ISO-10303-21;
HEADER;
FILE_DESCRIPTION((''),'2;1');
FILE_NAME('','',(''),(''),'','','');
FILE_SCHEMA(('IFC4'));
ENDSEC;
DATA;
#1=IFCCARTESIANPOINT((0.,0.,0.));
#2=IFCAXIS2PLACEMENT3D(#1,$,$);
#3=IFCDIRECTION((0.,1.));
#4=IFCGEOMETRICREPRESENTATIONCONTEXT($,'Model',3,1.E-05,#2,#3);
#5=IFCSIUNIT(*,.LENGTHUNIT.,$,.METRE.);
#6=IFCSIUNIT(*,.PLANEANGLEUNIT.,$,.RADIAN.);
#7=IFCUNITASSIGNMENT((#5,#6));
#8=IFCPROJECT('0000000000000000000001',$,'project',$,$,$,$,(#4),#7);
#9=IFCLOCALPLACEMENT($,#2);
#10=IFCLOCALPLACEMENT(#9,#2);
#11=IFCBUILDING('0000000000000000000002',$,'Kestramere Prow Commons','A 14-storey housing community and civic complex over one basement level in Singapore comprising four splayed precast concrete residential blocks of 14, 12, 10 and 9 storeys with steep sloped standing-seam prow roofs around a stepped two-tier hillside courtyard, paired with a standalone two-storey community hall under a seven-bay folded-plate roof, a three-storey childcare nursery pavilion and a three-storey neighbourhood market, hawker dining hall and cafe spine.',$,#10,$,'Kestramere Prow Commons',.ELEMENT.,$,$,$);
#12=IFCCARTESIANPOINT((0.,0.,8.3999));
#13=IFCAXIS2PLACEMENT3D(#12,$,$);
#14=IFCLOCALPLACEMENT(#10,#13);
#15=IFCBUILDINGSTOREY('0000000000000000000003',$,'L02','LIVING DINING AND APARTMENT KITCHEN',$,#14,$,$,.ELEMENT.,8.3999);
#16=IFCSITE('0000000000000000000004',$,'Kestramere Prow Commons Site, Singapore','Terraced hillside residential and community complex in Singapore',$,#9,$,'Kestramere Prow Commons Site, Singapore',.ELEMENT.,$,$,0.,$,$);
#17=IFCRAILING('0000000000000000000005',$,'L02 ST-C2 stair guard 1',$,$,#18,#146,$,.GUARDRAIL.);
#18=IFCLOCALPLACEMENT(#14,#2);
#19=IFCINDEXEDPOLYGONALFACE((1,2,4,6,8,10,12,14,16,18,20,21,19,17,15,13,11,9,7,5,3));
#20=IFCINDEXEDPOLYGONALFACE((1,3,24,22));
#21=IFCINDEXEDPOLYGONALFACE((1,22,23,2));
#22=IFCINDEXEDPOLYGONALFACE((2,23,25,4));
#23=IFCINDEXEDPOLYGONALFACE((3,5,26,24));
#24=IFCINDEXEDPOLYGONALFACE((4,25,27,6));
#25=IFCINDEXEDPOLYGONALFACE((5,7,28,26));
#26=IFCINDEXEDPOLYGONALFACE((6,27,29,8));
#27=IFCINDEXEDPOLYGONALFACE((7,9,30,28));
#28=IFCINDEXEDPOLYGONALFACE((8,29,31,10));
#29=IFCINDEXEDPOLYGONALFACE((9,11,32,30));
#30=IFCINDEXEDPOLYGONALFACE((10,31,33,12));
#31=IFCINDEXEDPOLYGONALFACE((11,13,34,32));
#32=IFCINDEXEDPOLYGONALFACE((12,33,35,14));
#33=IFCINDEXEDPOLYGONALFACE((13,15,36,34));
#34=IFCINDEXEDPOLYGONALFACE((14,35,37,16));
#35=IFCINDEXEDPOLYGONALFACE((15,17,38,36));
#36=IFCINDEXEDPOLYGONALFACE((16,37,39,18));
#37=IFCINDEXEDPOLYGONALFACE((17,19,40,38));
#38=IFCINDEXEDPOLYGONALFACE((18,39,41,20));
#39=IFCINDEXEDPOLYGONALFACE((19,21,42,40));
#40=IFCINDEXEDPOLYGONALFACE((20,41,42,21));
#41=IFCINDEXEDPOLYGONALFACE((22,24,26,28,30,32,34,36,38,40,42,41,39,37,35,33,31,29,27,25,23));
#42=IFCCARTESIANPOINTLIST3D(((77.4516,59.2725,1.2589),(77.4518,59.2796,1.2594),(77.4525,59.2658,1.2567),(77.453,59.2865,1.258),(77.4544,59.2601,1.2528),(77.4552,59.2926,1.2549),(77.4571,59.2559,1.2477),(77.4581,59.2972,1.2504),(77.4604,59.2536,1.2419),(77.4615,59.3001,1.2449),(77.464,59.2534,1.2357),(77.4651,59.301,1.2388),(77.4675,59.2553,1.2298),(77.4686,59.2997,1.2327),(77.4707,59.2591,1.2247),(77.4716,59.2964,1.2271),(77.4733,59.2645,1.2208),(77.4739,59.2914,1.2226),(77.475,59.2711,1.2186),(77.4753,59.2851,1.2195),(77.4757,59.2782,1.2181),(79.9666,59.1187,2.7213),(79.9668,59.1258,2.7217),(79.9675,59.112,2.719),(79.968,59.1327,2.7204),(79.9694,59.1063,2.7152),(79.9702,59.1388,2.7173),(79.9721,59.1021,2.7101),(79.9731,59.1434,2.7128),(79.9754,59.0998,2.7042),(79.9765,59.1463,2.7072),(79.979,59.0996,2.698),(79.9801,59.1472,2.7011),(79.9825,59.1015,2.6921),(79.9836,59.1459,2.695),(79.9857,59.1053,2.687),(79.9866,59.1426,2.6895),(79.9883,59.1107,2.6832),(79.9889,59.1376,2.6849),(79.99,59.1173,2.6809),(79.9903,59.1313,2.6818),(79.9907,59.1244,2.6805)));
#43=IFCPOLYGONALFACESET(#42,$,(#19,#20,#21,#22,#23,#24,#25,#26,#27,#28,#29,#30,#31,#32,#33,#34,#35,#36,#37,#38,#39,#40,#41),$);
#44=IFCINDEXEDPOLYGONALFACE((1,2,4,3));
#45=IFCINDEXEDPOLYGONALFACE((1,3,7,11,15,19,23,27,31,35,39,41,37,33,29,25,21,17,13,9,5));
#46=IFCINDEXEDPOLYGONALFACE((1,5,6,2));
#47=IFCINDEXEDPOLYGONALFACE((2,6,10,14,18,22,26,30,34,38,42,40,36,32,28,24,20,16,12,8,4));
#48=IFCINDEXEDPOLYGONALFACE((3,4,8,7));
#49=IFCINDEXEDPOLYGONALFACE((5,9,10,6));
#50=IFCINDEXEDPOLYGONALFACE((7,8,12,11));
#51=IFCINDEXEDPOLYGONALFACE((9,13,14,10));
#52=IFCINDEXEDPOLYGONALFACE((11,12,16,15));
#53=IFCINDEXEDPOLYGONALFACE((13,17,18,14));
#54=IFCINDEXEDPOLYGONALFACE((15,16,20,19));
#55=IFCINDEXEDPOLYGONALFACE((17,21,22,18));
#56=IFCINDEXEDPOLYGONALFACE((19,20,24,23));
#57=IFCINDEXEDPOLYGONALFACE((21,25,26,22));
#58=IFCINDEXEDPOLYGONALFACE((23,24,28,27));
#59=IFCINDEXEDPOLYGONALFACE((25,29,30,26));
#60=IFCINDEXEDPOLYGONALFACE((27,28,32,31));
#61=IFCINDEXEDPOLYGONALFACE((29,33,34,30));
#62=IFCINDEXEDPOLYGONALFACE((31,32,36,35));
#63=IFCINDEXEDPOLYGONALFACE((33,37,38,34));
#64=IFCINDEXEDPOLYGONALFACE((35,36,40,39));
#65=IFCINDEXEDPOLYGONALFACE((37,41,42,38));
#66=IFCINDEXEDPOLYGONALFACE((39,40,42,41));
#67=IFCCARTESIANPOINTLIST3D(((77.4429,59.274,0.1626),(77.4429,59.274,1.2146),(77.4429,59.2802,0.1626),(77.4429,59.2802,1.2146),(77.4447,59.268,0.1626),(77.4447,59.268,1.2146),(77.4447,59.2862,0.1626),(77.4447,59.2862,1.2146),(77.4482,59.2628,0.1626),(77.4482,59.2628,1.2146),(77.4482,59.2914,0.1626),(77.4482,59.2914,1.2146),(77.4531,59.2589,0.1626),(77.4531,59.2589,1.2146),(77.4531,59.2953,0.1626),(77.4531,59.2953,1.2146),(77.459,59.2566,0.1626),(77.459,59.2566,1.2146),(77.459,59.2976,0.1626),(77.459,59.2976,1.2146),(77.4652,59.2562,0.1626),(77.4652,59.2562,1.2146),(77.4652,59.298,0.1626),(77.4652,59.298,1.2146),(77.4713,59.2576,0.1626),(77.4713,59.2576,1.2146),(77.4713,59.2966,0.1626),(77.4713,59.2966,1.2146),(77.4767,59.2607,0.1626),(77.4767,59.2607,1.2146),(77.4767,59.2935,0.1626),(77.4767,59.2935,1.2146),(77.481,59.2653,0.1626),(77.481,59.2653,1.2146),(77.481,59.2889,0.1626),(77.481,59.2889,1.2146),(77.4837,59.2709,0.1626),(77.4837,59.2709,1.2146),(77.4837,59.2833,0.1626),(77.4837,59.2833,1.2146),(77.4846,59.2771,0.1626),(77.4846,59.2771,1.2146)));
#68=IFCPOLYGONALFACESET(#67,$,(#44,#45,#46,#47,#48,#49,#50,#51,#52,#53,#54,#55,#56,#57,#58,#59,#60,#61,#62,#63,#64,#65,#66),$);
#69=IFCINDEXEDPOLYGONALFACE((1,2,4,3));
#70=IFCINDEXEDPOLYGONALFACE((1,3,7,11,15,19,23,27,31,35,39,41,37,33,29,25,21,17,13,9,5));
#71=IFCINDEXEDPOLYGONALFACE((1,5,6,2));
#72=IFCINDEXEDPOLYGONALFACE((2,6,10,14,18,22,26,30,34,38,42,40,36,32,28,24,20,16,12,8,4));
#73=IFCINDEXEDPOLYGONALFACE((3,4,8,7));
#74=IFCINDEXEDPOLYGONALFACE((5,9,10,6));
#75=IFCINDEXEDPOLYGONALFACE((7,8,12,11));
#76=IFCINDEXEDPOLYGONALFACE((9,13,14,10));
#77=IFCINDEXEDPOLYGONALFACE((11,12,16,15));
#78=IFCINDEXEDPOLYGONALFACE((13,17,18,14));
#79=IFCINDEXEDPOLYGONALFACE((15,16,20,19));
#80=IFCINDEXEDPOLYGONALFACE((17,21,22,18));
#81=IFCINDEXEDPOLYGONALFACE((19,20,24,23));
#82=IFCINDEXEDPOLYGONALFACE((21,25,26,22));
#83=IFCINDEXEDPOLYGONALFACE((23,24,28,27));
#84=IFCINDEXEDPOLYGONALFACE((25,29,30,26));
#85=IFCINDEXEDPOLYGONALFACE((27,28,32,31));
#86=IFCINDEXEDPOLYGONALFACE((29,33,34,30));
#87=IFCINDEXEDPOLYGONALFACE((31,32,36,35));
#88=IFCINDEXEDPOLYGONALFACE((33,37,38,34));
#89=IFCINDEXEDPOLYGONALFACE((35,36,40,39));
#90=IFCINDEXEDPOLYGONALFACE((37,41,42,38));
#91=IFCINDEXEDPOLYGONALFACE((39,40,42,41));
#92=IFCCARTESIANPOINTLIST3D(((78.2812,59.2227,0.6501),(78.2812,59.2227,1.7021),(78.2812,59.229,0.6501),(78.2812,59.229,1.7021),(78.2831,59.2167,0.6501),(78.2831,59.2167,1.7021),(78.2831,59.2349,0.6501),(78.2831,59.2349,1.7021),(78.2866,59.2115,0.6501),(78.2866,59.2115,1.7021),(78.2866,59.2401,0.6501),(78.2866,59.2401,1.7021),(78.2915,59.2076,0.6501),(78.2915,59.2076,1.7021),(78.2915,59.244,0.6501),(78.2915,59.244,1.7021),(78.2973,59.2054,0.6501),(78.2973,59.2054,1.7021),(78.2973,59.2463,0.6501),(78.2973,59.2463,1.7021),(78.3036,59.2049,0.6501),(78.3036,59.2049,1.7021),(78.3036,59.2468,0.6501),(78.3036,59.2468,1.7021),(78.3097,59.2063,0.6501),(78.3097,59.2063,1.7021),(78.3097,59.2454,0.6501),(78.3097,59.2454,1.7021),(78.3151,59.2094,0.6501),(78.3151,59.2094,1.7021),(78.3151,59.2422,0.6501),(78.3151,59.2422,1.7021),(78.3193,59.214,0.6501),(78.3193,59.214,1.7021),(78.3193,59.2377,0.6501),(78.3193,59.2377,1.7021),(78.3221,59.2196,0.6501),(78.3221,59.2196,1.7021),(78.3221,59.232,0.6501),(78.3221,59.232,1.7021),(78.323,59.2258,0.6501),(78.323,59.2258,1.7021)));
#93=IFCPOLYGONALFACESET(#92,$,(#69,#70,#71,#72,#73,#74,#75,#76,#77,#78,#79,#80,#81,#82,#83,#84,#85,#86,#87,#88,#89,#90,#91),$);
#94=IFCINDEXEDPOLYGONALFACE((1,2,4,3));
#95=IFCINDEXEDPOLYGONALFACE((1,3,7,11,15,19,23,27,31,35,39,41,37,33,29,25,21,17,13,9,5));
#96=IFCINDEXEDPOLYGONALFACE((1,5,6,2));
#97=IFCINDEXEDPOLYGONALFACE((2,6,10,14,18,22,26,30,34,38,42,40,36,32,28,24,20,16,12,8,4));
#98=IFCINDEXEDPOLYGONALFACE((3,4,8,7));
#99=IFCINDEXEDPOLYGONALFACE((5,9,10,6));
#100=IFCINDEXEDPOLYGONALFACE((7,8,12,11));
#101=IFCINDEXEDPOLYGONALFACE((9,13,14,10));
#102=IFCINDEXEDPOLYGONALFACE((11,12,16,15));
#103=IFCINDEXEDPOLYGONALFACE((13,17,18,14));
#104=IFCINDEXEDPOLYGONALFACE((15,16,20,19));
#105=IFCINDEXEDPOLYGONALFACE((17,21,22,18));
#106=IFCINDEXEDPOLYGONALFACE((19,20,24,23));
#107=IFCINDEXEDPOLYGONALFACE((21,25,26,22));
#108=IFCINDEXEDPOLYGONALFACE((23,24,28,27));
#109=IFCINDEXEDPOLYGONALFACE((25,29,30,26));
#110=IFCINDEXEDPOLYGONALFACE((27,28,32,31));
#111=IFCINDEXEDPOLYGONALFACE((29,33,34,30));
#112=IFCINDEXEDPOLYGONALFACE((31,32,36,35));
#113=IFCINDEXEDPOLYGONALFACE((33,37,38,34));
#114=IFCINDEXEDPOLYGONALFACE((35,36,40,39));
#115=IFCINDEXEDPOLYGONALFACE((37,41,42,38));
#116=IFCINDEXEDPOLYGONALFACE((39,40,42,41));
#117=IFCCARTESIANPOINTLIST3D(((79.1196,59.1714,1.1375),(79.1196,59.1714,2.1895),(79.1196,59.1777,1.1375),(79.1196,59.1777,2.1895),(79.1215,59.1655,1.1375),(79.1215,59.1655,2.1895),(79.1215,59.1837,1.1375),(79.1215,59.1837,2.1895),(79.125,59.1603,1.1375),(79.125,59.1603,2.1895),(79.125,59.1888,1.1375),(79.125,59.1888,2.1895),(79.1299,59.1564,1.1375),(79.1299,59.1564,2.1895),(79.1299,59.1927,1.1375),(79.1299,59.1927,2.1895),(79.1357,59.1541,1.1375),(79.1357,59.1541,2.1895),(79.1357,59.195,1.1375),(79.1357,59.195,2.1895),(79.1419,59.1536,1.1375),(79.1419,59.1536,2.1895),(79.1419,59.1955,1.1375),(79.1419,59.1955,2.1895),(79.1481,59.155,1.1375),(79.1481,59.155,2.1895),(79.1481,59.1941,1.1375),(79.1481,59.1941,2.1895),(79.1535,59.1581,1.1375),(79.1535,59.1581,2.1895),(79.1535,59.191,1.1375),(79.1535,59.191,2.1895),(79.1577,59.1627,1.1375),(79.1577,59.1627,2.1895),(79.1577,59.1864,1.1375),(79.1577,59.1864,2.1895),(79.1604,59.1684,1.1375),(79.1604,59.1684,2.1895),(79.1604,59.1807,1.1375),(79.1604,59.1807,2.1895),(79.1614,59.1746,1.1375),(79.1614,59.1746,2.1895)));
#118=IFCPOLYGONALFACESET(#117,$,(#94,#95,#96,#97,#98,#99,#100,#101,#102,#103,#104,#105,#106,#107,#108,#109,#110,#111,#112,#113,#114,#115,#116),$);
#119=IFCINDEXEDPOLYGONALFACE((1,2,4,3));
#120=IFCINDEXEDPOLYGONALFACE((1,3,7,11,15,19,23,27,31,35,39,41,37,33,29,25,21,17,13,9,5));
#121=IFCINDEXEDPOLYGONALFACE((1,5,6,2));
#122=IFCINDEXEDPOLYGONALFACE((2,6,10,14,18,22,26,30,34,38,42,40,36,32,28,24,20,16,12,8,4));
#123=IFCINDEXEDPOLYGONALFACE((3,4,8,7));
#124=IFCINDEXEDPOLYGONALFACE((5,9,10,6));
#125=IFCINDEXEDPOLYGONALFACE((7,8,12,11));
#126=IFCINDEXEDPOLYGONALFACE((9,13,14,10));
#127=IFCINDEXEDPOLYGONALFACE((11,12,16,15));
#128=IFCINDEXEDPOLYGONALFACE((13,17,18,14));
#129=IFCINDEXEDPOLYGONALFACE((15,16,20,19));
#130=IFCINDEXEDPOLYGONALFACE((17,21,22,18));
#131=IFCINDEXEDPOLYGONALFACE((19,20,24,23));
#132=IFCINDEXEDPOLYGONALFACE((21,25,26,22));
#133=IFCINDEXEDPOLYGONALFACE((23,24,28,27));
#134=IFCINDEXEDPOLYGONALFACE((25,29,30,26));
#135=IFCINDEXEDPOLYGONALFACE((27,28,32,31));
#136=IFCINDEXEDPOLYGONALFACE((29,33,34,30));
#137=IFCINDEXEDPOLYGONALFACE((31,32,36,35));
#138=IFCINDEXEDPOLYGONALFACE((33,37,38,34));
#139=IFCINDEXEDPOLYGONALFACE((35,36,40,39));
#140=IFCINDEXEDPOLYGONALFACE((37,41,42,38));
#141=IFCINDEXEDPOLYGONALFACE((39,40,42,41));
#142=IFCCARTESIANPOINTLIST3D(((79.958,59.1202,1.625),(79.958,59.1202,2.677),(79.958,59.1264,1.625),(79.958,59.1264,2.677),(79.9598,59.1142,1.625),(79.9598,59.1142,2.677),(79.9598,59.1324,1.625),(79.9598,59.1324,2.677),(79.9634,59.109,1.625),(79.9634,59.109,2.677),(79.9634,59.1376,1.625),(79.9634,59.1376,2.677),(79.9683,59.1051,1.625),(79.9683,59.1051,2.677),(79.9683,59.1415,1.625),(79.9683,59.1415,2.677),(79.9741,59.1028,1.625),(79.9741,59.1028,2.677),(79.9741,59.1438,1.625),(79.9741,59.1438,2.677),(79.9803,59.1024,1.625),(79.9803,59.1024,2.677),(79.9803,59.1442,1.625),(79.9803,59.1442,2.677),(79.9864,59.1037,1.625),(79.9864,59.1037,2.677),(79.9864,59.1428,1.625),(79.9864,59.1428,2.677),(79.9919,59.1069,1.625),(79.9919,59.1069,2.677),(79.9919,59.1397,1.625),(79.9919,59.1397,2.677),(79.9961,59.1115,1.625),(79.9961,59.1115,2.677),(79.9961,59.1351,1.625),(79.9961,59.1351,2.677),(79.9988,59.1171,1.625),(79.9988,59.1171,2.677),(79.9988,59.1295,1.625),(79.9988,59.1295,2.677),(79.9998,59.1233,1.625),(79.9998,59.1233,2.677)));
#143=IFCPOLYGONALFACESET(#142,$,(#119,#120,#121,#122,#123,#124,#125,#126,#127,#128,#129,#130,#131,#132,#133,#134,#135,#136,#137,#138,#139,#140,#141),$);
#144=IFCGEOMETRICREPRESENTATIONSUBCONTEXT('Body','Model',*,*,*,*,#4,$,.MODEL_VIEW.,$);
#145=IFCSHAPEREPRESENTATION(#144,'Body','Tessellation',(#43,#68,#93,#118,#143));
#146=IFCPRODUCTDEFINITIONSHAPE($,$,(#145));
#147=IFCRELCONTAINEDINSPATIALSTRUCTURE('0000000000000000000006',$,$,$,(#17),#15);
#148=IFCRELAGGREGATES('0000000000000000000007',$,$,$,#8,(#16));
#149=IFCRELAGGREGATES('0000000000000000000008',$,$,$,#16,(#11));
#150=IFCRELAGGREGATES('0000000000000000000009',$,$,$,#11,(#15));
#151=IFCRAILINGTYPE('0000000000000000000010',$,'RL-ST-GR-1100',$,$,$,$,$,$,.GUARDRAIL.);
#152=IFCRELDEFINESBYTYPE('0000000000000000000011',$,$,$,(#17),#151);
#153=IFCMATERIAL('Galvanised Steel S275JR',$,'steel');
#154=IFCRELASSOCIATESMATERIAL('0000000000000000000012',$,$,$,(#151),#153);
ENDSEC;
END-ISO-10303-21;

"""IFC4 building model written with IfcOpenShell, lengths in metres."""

from ifc_helpers import new_model, si_unit, direction, frame, origin, origin_2d, place, context, subcontext, project, spatial, circle, extrude, material, type_object, element, save


model = new_model("IFC4")

# Units and contexts
model_context = context("Model", 3, precision=1e-05, world=origin(), true_north=direction((0.0, 1.0)))
body_context = subcontext(model_context, "Body", "Model", "MODEL_VIEW")
ifc_project = project(units=[si_unit("LENGTHUNIT", "METRE"), si_unit("PLANEANGLEUNIT", "RADIAN")], contexts=[model_context])

# Site, building, storey
site_placement = place(None, origin())
site = spatial("IfcSite", under=ifc_project, at=site_placement, Name="Kestramere Prow Commons Site, Singapore", Description="Terraced hillside residential and community complex in Singapore", LongName="Kestramere Prow Commons Site, Singapore", CompositionType="ELEMENT", RefElevation=0.0)
building_placement = place(site_placement, origin())
building = spatial("IfcBuilding", under=site, at=building_placement, Name="Kestramere Prow Commons", Description="A 14-storey housing community and civic complex over one basement level in Singapore comprising four splayed precast concrete residential blocks of 14, 12, 10 and 9 storeys with steep sloped standing-seam prow roofs around a stepped two-tier hillside courtyard, paired with a standalone two-storey community hall under a seven-bay folded-plate roof, a three-storey childcare nursery pavilion and a three-storey neighbourhood market, hawker dining hall and cafe spine.", LongName="Kestramere Prow Commons", CompositionType="ELEMENT")
storey_placement = place(building_placement, frame((0.0, 0.0, 8.3999)))
storey = spatial("IfcBuildingStorey", under=building, at=storey_placement, Name="L02", Description="LIVING DINING AND APARTMENT KITCHEN", CompositionType="ELEMENT", Elevation=8.3999)

# Railing
ifc_material_1 = material(Name="Galvanised Steel S275JR", Category="steel")
railing_type = type_object("IfcRailingType", Name="RL-ST-GR-1100", PredefinedType="GUARDRAIL", material=ifc_material_1)
railing_1_placement = place(storey_placement, frame((77.4636, 59.2771, 0.1626)))
element("IfcRailing", 1, at=railing_1_placement, inside=storey, type_object=railing_type, Name="L02 ST-C2 stair guard 1", PredefinedType="GUARDRAIL", context=body_context, shape_type="SweptSolid", body=[
    extrude(circle(Radius=0.0239, at=origin_2d()), frame((0.0, 0.0, 1.0762), z_axis=(0.863285, -0.052793, 0.501949), x_axis=(0.061039, 0.998135, 0.0)), (0.0, 0.0, 1.0), 2.9133),
    extrude(circle(Radius=0.021, at=origin_2d()), origin(), (0.0, 0.0, 1.0), 1.052),
    extrude(circle(Radius=0.021, at=origin_2d()), frame((0.8384, -0.0513, 0.4875)), (0.0, 0.0, 1.0), 1.052),
    extrude(circle(Radius=0.021, at=origin_2d()), frame((1.6768, -0.1025, 0.9749)), (0.0, 0.0, 1.0), 1.052),
    extrude(circle(Radius=0.021, at=origin_2d()), frame((2.5151, -0.1538, 1.4624)), (0.0, 0.0, 1.0), 1.052),
])

save(model, "model.ifc")
